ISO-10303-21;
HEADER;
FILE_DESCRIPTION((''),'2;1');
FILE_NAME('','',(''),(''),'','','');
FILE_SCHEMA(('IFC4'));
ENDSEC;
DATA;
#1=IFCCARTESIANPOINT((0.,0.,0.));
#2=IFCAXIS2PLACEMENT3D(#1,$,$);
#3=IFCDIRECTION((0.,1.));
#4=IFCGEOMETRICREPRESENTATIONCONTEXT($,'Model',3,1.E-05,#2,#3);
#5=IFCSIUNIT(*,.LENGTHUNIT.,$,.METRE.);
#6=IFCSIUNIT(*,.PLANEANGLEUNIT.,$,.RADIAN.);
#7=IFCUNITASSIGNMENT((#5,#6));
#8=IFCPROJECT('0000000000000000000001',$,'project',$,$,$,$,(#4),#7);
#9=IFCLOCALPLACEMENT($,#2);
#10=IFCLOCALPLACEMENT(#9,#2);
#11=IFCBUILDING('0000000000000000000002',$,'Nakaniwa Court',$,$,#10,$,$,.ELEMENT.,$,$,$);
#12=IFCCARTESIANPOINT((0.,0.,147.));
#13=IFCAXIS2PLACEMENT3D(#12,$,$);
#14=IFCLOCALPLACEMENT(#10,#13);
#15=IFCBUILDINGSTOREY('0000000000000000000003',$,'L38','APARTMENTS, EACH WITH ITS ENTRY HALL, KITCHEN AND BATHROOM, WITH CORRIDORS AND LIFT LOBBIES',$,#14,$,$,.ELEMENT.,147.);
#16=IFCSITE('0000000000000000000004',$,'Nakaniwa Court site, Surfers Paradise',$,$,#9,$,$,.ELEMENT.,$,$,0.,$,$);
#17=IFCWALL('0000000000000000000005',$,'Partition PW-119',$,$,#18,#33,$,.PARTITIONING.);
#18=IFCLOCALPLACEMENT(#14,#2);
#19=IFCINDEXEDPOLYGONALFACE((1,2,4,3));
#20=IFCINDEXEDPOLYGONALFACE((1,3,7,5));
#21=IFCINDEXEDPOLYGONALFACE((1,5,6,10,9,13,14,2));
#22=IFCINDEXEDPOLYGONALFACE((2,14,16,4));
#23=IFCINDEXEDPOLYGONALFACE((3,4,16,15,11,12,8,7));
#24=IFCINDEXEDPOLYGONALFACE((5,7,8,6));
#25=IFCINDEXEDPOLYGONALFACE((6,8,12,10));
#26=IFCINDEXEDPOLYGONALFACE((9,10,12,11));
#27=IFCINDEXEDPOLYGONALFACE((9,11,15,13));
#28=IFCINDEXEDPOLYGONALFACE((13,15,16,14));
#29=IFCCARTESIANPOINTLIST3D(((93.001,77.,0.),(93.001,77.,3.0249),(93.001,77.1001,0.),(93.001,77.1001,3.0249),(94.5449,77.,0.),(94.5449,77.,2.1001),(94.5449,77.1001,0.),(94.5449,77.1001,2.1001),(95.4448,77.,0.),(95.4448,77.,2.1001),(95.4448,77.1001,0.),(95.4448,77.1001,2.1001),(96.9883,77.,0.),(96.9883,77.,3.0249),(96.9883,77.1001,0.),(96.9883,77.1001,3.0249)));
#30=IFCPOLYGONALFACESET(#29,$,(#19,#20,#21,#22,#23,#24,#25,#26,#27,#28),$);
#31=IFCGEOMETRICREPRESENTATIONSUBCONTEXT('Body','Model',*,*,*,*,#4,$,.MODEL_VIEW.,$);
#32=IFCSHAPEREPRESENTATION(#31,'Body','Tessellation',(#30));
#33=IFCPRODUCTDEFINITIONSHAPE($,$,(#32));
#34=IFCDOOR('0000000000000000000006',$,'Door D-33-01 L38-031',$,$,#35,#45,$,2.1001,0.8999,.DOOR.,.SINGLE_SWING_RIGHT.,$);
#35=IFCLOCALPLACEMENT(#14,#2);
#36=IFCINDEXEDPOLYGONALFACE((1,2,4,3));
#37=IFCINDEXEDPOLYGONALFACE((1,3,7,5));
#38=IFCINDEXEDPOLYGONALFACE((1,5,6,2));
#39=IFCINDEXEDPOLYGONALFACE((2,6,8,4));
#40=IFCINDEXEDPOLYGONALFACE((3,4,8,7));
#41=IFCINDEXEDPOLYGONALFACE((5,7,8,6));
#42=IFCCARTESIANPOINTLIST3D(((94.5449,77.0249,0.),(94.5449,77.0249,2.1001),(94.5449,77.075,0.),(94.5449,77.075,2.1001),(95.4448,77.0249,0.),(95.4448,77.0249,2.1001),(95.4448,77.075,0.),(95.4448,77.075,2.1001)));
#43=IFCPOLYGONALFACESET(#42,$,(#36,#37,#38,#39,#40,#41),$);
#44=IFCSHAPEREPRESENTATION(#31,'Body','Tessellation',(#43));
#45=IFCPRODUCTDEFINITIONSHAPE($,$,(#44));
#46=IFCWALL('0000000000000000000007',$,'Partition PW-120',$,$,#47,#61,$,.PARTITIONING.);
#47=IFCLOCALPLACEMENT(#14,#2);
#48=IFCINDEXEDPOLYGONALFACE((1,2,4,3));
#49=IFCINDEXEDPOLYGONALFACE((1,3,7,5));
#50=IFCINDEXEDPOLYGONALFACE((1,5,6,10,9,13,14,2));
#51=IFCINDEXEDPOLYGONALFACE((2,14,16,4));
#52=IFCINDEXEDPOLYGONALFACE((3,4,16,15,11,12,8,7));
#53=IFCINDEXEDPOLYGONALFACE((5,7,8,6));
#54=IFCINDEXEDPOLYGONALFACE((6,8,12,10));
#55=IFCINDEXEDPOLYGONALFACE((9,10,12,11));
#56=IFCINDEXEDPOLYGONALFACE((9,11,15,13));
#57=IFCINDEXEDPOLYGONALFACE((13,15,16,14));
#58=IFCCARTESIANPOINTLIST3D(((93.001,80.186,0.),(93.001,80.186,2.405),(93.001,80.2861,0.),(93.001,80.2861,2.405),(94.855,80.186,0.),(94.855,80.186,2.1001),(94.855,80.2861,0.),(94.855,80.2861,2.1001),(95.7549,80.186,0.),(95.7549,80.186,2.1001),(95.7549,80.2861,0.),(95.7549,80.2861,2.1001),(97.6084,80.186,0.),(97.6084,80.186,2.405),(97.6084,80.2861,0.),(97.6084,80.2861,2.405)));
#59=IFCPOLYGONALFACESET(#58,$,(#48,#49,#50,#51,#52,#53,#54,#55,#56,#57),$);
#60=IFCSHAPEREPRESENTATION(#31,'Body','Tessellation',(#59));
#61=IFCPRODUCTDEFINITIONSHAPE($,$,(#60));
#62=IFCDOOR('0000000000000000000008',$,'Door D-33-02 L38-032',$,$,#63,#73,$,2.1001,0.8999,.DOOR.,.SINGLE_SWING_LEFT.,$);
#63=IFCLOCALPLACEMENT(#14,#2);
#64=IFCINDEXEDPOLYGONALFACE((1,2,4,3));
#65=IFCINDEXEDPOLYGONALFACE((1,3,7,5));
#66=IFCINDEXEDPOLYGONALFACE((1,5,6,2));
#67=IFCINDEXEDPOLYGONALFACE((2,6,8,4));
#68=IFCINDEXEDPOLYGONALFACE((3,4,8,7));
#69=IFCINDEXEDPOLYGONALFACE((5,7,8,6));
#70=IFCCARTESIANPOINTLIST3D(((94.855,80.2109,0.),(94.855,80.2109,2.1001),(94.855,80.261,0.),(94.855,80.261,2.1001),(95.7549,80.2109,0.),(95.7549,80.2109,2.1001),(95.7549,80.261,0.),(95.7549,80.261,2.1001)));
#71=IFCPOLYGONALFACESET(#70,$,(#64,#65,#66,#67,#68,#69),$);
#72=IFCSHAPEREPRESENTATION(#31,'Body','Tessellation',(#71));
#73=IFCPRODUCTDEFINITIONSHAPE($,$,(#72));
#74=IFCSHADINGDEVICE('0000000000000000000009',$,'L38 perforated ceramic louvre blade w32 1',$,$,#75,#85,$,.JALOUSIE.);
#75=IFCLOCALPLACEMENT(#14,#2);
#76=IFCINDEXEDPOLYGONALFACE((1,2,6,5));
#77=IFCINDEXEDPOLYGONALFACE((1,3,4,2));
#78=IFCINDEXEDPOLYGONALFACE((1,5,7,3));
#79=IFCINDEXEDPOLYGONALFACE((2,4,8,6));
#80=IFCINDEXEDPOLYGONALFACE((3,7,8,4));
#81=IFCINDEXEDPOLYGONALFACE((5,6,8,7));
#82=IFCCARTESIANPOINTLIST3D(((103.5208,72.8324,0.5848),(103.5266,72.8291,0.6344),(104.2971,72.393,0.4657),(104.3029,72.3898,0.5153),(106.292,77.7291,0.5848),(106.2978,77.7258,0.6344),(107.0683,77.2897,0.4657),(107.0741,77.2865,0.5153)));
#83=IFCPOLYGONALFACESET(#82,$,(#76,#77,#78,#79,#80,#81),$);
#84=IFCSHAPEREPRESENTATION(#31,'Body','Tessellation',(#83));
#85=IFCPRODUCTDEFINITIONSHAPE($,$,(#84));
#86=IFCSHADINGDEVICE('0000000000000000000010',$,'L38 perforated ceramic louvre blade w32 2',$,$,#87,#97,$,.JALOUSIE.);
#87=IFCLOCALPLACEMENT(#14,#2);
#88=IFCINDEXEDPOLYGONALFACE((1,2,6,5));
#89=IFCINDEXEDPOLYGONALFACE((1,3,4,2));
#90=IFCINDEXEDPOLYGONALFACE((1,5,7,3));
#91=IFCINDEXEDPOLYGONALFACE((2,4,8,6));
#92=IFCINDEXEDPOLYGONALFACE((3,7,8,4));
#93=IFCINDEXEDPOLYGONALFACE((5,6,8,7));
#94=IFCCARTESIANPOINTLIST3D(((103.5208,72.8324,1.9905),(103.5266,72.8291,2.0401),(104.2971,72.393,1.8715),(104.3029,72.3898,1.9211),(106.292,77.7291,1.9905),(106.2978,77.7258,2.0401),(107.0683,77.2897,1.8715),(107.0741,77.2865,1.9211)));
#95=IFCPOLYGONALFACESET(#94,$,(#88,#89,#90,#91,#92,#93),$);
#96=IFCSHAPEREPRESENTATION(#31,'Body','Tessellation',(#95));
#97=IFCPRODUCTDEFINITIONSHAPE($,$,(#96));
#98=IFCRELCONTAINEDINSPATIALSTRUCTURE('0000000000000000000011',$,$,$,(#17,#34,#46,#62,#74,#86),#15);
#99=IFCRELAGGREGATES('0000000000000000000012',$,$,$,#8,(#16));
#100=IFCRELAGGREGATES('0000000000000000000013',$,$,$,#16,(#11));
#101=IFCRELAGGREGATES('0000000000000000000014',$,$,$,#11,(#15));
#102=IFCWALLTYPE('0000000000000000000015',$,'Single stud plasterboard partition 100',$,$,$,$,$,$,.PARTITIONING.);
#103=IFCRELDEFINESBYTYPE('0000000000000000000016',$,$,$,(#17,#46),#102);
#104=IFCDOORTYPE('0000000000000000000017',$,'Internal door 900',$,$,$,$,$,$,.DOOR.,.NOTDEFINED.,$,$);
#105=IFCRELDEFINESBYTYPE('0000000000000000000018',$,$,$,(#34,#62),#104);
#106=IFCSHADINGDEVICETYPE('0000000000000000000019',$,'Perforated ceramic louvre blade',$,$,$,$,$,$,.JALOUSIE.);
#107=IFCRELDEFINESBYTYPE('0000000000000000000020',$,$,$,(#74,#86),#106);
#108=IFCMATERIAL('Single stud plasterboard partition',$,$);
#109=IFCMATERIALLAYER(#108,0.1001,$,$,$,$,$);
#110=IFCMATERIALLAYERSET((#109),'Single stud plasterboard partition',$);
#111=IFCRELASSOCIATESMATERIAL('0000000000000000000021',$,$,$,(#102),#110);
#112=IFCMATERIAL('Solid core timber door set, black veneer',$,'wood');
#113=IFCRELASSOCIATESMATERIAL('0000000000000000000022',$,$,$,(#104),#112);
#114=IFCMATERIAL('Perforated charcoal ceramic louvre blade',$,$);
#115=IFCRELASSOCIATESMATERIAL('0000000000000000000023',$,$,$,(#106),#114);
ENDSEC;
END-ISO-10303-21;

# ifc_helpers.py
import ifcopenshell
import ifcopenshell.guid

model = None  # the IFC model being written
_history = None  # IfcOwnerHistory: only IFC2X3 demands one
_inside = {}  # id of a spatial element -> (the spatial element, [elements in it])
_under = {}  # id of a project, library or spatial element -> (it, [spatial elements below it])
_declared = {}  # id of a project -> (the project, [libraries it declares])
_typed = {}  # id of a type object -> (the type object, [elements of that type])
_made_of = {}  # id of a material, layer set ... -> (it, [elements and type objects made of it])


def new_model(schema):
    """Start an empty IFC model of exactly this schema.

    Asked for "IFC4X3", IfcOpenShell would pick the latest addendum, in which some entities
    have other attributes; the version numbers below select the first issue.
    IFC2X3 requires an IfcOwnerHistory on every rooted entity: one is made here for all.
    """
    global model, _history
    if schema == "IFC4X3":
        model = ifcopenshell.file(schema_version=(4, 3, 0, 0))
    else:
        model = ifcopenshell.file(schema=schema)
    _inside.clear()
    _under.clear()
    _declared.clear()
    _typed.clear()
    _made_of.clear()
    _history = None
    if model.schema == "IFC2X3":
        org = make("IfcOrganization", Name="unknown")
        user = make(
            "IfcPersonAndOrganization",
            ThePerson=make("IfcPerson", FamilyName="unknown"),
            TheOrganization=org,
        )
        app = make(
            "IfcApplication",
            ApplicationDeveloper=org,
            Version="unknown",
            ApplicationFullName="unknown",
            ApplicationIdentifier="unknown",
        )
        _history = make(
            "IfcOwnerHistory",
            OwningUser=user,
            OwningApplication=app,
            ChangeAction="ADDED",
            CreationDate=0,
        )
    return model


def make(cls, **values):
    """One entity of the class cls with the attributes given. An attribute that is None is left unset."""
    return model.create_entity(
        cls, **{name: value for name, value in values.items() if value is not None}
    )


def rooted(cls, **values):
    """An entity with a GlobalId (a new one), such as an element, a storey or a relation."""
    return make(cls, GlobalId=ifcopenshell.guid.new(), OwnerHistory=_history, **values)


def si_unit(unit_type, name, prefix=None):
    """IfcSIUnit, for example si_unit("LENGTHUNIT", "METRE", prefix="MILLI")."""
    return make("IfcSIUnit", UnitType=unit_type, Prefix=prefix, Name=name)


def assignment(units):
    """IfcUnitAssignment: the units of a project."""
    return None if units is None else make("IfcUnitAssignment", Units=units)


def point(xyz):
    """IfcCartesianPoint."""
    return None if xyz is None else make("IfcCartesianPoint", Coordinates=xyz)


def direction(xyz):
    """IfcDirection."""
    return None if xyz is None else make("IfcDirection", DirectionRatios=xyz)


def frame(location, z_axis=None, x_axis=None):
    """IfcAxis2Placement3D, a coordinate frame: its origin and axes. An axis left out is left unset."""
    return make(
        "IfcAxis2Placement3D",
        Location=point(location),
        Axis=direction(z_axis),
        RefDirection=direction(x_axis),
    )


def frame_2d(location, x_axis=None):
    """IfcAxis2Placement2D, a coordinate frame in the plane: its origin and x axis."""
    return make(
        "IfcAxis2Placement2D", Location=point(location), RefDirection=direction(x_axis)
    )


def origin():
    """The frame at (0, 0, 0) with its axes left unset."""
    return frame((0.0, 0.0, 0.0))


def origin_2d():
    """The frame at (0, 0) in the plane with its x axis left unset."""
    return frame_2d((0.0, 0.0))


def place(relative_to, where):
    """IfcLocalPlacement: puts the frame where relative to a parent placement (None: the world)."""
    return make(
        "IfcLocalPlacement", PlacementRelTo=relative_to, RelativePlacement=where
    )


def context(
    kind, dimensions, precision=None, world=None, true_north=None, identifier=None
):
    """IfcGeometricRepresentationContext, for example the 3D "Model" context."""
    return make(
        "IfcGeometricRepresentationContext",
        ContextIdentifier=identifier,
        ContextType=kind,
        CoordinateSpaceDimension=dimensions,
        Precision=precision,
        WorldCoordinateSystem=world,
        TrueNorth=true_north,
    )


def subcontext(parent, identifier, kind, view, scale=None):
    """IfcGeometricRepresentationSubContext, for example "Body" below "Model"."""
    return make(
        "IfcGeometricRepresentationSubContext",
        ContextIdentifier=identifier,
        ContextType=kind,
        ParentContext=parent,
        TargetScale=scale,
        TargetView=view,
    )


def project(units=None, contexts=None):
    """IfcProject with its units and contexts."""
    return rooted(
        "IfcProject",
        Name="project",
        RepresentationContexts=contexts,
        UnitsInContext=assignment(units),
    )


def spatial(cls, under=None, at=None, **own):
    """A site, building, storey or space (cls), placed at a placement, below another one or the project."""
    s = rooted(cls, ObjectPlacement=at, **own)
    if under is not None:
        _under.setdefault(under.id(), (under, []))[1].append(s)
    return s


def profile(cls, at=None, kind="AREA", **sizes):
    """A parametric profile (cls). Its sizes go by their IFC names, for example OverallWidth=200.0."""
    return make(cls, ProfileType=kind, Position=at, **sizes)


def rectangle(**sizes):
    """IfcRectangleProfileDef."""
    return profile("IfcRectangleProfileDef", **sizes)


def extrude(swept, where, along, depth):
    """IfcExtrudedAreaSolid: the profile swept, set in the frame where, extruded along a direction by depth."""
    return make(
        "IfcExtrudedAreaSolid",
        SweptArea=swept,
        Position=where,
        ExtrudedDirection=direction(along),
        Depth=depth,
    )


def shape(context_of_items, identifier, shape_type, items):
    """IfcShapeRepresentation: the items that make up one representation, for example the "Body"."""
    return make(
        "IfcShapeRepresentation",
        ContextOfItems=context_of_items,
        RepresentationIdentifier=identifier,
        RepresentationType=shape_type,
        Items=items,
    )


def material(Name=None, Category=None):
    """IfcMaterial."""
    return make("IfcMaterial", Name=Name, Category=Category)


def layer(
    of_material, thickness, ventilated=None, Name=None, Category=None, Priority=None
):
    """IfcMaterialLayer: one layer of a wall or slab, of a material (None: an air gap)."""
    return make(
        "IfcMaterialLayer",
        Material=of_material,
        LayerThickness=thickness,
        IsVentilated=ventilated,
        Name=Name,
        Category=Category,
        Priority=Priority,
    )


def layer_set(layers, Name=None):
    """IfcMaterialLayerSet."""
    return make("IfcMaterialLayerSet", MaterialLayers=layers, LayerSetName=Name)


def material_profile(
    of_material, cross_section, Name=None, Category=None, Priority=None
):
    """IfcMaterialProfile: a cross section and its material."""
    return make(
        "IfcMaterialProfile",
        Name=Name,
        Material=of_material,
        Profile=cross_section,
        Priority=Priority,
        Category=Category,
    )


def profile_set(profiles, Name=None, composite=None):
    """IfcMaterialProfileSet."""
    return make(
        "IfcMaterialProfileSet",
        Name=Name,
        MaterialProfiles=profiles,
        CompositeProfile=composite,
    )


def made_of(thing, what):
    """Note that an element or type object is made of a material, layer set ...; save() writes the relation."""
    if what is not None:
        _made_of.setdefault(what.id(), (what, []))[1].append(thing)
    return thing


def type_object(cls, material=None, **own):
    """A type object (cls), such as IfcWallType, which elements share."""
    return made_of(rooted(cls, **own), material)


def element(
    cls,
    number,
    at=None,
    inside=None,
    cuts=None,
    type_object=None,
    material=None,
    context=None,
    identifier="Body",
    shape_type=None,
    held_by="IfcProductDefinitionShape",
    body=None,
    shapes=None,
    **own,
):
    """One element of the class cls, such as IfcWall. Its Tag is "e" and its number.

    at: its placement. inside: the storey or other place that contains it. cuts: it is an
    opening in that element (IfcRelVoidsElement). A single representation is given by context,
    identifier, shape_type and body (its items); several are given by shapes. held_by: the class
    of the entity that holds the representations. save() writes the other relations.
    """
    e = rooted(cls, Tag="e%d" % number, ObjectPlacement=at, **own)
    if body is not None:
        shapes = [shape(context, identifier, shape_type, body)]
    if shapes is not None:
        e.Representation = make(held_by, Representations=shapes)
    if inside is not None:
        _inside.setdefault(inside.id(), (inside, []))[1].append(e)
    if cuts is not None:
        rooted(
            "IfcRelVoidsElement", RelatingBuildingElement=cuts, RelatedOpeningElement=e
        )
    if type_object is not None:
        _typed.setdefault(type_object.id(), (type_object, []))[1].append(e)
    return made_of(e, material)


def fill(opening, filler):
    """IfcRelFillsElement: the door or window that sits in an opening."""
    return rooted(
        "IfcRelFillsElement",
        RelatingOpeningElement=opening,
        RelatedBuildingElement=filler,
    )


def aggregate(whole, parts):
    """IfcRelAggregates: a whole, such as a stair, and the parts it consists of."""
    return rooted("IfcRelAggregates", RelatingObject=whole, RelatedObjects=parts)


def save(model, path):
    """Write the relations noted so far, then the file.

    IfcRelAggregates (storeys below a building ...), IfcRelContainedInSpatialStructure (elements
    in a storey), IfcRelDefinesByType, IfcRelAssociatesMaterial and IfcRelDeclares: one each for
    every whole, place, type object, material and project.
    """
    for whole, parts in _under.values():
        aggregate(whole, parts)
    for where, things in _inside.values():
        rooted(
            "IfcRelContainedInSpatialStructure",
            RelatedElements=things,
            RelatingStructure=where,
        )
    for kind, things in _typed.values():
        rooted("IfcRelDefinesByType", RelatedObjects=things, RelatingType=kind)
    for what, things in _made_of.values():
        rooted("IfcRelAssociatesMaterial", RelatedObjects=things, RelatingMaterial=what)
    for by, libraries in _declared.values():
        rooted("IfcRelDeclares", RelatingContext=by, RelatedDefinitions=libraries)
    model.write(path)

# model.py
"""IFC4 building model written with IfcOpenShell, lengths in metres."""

from ifc_helpers import new_model, si_unit, direction, frame, frame_2d, origin, origin_2d, place, context, subcontext, project, spatial, rectangle, extrude, material, layer, layer_set, material_profile, profile_set, type_object, element, fill, save


model = new_model("IFC4")

# Units and contexts
model_context = context("Model", 3, precision=1e-05, world=origin(), true_north=direction((0.0, 1.0)))
body_context = subcontext(model_context, "Body", "Model", "MODEL_VIEW")
ifc_project = project(units=[si_unit("LENGTHUNIT", "METRE"), si_unit("PLANEANGLEUNIT", "RADIAN")], contexts=[model_context])

# Site, building, storey
site_placement = place(None, origin())
site = spatial("IfcSite", under=ifc_project, at=site_placement, Name="Nakaniwa Court site, Surfers Paradise", CompositionType="ELEMENT", RefElevation=0.0)
building_placement = place(site_placement, origin())
building = spatial("IfcBuilding", under=site, at=building_placement, Name="Nakaniwa Court", CompositionType="ELEMENT")
storey_placement = place(building_placement, frame((0.0, 0.0, 147.0)))
storey = spatial("IfcBuildingStorey", under=building, at=storey_placement, Name="L38", Description="APARTMENTS, EACH WITH ITS ENTRY HALL, KITCHEN AND BATHROOM, WITH CORRIDORS AND LIFT LOBBIES", CompositionType="ELEMENT", Elevation=147.0)

# Shared definitions
ifc_material_1 = material(Name="Solid core timber door set, black veneer", Category="wood")

# Shared definitions
ifc_material_2 = material(Name="Single stud plasterboard partition")
ifc_layer_1 = layer(ifc_material_2, 0.1001)
ifc_layer_set_1 = layer_set([ifc_layer_1], Name="Single stud plasterboard partition")
wall_type_1 = type_object("IfcWallType", Name="Single stud plasterboard partition 100", PredefinedType="PARTITIONING", material=ifc_layer_set_1)

# Walls, openings, doors
wall_1_placement = place(storey_placement, frame((93.001, 77.05, 0.0), z_axis=(0.0, 0.0, 1.0), x_axis=(1.0, 0.0, 0.0)))
wall_1 = element("IfcWall", 1, at=wall_1_placement, inside=storey, type_object=wall_type_1, Name="Partition PW-119", PredefinedType="PARTITIONING", context=body_context, shape_type="SweptSolid", body=[
    extrude(rectangle(XDim=3.9873, YDim=0.1001, at=frame_2d((1.9937, 0.0))), origin(), (0.0, 0.0, 1.0), 3.0249),
])
opening_1_placement = place(wall_1_placement, frame((1.5439, 0.0, 0.0)))
opening_1 = element("IfcOpeningElement", 2, at=opening_1_placement, cuts=wall_1, PredefinedType="OPENING", context=body_context, shape_type="SweptSolid", body=[
    extrude(rectangle(XDim=0.8999, YDim=2.1001, at=frame_2d((0.45, 1.05))), frame((0.0, 0.0601, 0.0), z_axis=(0.0, -1.0, 0.0), x_axis=(1.0, 0.0, 0.0)), (0.0, 0.0, 1.0), 0.1201),
])
door_type_1 = type_object("IfcDoorType", Name="Internal door 900", OperationType="NOTDEFINED", PredefinedType="DOOR", material=ifc_material_1)
door_1_placement = place(opening_1_placement, origin())
door_1 = element("IfcDoor", 3, at=door_1_placement, inside=storey, type_object=door_type_1, Name="Door D-33-01 L38-031", OperationType="SINGLE_SWING_RIGHT", OverallHeight=2.1001, OverallWidth=0.8999, PredefinedType="DOOR", context=body_context, shape_type="SweptSolid", body=[
    extrude(rectangle(XDim=0.8999, YDim=2.1001, at=frame_2d((0.45, 1.05))), frame((0.0, 0.0249, 0.0), z_axis=(0.0, -1.0, 0.0), x_axis=(1.0, 0.0, 0.0)), (0.0, 0.0, 1.0), 0.05),
])
fill(opening_1, door_1)
wall_2_placement = place(storey_placement, frame((93.001, 80.2361, 0.0), z_axis=(0.0, 0.0, 1.0), x_axis=(1.0, 0.0, 0.0)))
wall_2 = element("IfcWall", 4, at=wall_2_placement, inside=storey, type_object=wall_type_1, Name="Partition PW-120", PredefinedType="PARTITIONING", context=body_context, shape_type="SweptSolid", body=[
    extrude(rectangle(XDim=4.6074, YDim=0.1001, at=frame_2d((2.3037, 0.0))), origin(), (0.0, 0.0, 1.0), 2.405),
])
opening_2_placement = place(wall_2_placement, frame((1.854, 0.0, 0.0)))
opening_2 = element("IfcOpeningElement", 5, at=opening_2_placement, cuts=wall_2, PredefinedType="OPENING", context=body_context, shape_type="SweptSolid", body=[
    extrude(rectangle(XDim=0.8999, YDim=2.1001, at=frame_2d((0.45, 1.05))), frame((0.0, 0.0601, 0.0), z_axis=(0.0, -1.0, 0.0), x_axis=(1.0, 0.0, 0.0)), (0.0, 0.0, 1.0), 0.1201),
])
door_2_placement = place(opening_2_placement, origin())
door_2 = element("IfcDoor", 6, at=door_2_placement, inside=storey, type_object=door_type_1, Name="Door D-33-02 L38-032", OperationType="SINGLE_SWING_LEFT", OverallHeight=2.1001, OverallWidth=0.8999, PredefinedType="DOOR", context=body_context, shape_type="SweptSolid", body=[
    extrude(rectangle(XDim=0.8999, YDim=2.1001, at=frame_2d((0.45, 1.05))), frame((0.0, 0.0249, 0.0), z_axis=(0.0, -1.0, 0.0), x_axis=(1.0, 0.0, 0.0)), (0.0, 0.0, 1.0), 0.05),
])
fill(opening_2, door_2)

# Shading devices
ifc_material_3 = material(Name="Perforated charcoal ceramic louvre blade")
ifc_material_profile_1 = material_profile(ifc_material_3, rectangle(XDim=0.8999, YDim=0.05, at=origin_2d()), Name="Perforated ceramic louvre blade")
ifc_profile_set_1 = profile_set([ifc_material_profile_1], Name="Perforated charcoal ceramic louvre blade")
shading_device_type = type_object("IfcShadingDeviceType", Name="Perforated ceramic louvre blade", PredefinedType="JALOUSIE", material=ifc_profile_set_1)
for number, where, z_axis, x_axis, name in (
    (7, (103.9119, 72.6111, 0.55), (0.492532, 0.870294, 0.0), (-0.862649, 0.488205, 0.132256), "L38 perforated ceramic louvre blade w32 1"),
    (8, (103.9119, 72.6111, 1.9558), (0.492532, 0.870294, 0.0), (-0.862649, 0.488205, 0.132256), "L38 perforated ceramic louvre blade w32 2"),
):
    element("IfcShadingDevice", number, at=place(storey_placement, frame(where, z_axis=z_axis, x_axis=x_axis)), inside=storey, type_object=shading_device_type, Name=name, PredefinedType="JALOUSIE", context=body_context, shape_type="SweptSolid", body=[
        extrude(rectangle(XDim=0.8999, YDim=0.05, at=origin_2d()), origin(), (0.0, 0.0, 1.0), 5.6265),
    ])

save(model, "model.ifc")
